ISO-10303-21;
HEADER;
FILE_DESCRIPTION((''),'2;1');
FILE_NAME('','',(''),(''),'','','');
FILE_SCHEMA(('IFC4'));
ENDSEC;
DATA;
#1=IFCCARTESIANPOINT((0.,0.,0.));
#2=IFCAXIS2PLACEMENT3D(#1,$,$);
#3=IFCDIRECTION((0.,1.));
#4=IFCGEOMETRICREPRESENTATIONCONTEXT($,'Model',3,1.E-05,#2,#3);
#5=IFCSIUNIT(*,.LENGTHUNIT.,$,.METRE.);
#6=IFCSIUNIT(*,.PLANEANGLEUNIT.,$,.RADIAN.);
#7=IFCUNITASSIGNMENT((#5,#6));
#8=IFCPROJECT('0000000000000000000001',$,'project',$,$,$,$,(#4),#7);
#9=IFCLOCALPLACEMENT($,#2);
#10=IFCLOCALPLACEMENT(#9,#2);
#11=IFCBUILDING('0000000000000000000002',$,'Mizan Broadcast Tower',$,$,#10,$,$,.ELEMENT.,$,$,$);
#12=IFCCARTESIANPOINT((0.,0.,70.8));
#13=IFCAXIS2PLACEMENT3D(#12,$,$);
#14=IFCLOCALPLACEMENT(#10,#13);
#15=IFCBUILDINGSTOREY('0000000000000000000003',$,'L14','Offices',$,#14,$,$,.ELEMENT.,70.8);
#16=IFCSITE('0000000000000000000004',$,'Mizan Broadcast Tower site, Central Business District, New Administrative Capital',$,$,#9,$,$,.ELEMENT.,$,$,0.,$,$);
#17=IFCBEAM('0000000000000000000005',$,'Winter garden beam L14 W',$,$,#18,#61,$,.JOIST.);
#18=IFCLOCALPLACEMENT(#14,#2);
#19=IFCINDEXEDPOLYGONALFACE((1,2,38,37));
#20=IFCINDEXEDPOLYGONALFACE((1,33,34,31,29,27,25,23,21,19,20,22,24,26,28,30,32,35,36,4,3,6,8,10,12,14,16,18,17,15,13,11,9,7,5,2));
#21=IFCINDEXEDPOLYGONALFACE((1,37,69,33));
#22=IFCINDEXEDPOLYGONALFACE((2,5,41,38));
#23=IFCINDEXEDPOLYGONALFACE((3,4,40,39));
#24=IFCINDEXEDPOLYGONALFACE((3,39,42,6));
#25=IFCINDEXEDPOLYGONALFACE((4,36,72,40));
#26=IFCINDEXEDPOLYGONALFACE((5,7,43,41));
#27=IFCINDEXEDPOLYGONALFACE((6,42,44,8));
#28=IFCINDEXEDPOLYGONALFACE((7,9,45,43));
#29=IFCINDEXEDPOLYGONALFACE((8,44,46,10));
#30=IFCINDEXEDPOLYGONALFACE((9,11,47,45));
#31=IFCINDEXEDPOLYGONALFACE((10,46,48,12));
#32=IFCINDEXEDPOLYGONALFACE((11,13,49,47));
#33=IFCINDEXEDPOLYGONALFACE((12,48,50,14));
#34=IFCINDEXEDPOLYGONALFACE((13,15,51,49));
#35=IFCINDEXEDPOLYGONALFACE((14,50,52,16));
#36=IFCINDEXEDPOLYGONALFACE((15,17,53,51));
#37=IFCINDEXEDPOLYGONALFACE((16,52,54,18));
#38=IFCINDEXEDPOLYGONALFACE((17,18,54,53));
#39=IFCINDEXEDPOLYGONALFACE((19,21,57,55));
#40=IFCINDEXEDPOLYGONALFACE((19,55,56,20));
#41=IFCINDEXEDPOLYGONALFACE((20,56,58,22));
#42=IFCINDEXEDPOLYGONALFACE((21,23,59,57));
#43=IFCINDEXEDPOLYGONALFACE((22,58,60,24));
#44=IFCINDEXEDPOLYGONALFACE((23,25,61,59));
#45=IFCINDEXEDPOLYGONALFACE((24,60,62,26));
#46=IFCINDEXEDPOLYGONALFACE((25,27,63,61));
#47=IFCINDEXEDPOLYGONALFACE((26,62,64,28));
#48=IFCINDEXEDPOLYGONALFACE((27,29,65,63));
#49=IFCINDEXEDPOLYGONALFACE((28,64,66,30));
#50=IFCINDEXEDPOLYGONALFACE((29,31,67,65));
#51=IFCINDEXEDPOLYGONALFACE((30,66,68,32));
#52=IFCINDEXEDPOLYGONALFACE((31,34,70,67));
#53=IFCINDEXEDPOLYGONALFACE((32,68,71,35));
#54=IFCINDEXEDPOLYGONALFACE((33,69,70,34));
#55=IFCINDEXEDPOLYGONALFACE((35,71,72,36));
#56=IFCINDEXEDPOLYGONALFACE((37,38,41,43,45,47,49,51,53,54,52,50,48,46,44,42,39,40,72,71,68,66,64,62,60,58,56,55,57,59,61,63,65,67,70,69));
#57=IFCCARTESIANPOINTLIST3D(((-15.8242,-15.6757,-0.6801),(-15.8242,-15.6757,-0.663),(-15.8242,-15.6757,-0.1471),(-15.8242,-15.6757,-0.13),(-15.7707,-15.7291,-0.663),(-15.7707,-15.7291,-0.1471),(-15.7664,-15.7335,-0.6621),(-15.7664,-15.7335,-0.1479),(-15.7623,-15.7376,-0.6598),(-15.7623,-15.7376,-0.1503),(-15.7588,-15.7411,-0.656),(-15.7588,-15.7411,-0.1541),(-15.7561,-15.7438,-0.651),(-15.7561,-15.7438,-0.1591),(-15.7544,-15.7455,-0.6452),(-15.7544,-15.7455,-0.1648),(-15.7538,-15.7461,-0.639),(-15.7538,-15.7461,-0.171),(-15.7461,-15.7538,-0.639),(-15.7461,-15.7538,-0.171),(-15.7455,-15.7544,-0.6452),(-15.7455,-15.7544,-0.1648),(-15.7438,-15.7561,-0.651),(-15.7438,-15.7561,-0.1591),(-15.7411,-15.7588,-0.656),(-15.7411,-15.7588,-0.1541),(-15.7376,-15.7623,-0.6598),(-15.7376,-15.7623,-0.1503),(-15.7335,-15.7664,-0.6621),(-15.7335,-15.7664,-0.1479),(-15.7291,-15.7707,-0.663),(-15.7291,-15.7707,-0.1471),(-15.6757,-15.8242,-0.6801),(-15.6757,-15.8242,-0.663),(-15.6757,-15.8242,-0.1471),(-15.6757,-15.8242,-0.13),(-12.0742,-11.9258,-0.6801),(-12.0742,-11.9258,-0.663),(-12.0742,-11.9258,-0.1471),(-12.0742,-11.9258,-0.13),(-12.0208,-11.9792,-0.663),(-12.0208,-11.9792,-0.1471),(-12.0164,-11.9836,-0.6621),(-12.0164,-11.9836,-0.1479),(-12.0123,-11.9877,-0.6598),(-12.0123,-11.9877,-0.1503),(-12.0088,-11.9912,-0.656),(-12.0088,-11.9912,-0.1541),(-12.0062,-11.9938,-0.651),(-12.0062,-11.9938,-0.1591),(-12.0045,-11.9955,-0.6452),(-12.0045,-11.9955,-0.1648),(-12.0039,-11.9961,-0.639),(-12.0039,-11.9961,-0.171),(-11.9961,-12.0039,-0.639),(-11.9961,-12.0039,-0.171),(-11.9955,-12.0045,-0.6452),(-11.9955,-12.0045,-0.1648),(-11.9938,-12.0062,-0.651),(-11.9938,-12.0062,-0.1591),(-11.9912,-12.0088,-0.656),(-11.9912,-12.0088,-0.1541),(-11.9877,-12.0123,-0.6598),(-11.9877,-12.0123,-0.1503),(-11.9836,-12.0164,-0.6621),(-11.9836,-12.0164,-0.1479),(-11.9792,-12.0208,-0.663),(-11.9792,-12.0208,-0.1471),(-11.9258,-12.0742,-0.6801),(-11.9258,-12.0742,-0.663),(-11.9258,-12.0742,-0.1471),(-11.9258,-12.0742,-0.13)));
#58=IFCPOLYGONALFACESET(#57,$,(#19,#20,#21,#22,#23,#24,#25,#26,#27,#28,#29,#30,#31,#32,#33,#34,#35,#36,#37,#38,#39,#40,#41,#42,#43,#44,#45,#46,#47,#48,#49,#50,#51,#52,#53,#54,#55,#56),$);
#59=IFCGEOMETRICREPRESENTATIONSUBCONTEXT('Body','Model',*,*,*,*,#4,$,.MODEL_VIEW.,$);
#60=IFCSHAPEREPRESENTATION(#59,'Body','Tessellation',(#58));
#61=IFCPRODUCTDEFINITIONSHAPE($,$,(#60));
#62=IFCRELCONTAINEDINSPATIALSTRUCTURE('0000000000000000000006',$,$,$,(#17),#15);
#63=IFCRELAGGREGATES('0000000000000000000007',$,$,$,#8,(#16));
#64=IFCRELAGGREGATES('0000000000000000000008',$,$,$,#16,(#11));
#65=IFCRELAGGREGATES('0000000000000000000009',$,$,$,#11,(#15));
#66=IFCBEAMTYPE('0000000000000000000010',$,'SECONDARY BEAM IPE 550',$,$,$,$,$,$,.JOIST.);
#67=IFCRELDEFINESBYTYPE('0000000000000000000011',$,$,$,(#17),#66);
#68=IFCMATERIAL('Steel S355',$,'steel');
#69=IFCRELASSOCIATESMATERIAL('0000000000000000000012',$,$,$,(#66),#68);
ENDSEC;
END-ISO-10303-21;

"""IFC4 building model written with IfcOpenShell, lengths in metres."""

from ifc_helpers import new_model, si_unit, direction, frame, origin, origin_2d, place, context, subcontext, project, spatial, i_section, extrude, material, material_profile, profile_set, type_object, element, save


model = new_model("IFC4")

# Units and contexts
model_context = context("Model", 3, precision=1e-05, world=origin(), true_north=direction((0.0, 1.0)))
body_context = subcontext(model_context, "Body", "Model", "MODEL_VIEW")
ifc_project = project(units=[si_unit("LENGTHUNIT", "METRE"), si_unit("PLANEANGLEUNIT", "RADIAN")], contexts=[model_context])

# Site, building, storey
site_placement = place(None, origin())
site = spatial("IfcSite", under=ifc_project, at=site_placement, Name="Mizan Broadcast Tower site, Central Business District, New Administrative Capital", CompositionType="ELEMENT", RefElevation=0.0)
building_placement = place(site_placement, origin())
building = spatial("IfcBuilding", under=site, at=building_placement, Name="Mizan Broadcast Tower", CompositionType="ELEMENT")
storey_placement = place(building_placement, frame((0.0, 0.0, 70.8)))
storey = spatial("IfcBuildingStorey", under=building, at=storey_placement, Name="L14", Description="Offices", CompositionType="ELEMENT", Elevation=70.8)

# Beam
ifc_material_1 = material(Name="Steel S355", Category="steel")
ifc_material_profile_1 = material_profile(ifc_material_1, i_section(OverallWidth=0.21, OverallDepth=0.55, WebThickness=0.011, FlangeThickness=0.0171, FilletRadius=0.0239, at=origin_2d()), Name="IPE 550")
ifc_profile_set_1 = profile_set([ifc_material_profile_1], Name="Steel S355")
beam_type_1 = type_object("IfcBeamType", Name="SECONDARY BEAM IPE 550", PredefinedType="JOIST", material=ifc_profile_set_1)
beam_1_placement = place(storey_placement, frame((-12.0, -12.0, -0.405), z_axis=(-0.707107, -0.707107, 0.0), x_axis=(0.707107, -0.707107, 0.0)))
element("IfcBeam", 1, at=beam_1_placement, inside=storey, type_object=beam_type_1, Name="Winter garden beam L14 W", PredefinedType="JOIST", context=body_context, shape_type="SweptSolid", body=[
    extrude(i_section(OverallWidth=0.21, OverallDepth=0.55, WebThickness=0.011, FlangeThickness=0.0171, FilletRadius=0.0239, at=origin_2d()), origin(), (0.0, 0.0, 1.0), 5.3032),
])

save(model, "model.ifc")
